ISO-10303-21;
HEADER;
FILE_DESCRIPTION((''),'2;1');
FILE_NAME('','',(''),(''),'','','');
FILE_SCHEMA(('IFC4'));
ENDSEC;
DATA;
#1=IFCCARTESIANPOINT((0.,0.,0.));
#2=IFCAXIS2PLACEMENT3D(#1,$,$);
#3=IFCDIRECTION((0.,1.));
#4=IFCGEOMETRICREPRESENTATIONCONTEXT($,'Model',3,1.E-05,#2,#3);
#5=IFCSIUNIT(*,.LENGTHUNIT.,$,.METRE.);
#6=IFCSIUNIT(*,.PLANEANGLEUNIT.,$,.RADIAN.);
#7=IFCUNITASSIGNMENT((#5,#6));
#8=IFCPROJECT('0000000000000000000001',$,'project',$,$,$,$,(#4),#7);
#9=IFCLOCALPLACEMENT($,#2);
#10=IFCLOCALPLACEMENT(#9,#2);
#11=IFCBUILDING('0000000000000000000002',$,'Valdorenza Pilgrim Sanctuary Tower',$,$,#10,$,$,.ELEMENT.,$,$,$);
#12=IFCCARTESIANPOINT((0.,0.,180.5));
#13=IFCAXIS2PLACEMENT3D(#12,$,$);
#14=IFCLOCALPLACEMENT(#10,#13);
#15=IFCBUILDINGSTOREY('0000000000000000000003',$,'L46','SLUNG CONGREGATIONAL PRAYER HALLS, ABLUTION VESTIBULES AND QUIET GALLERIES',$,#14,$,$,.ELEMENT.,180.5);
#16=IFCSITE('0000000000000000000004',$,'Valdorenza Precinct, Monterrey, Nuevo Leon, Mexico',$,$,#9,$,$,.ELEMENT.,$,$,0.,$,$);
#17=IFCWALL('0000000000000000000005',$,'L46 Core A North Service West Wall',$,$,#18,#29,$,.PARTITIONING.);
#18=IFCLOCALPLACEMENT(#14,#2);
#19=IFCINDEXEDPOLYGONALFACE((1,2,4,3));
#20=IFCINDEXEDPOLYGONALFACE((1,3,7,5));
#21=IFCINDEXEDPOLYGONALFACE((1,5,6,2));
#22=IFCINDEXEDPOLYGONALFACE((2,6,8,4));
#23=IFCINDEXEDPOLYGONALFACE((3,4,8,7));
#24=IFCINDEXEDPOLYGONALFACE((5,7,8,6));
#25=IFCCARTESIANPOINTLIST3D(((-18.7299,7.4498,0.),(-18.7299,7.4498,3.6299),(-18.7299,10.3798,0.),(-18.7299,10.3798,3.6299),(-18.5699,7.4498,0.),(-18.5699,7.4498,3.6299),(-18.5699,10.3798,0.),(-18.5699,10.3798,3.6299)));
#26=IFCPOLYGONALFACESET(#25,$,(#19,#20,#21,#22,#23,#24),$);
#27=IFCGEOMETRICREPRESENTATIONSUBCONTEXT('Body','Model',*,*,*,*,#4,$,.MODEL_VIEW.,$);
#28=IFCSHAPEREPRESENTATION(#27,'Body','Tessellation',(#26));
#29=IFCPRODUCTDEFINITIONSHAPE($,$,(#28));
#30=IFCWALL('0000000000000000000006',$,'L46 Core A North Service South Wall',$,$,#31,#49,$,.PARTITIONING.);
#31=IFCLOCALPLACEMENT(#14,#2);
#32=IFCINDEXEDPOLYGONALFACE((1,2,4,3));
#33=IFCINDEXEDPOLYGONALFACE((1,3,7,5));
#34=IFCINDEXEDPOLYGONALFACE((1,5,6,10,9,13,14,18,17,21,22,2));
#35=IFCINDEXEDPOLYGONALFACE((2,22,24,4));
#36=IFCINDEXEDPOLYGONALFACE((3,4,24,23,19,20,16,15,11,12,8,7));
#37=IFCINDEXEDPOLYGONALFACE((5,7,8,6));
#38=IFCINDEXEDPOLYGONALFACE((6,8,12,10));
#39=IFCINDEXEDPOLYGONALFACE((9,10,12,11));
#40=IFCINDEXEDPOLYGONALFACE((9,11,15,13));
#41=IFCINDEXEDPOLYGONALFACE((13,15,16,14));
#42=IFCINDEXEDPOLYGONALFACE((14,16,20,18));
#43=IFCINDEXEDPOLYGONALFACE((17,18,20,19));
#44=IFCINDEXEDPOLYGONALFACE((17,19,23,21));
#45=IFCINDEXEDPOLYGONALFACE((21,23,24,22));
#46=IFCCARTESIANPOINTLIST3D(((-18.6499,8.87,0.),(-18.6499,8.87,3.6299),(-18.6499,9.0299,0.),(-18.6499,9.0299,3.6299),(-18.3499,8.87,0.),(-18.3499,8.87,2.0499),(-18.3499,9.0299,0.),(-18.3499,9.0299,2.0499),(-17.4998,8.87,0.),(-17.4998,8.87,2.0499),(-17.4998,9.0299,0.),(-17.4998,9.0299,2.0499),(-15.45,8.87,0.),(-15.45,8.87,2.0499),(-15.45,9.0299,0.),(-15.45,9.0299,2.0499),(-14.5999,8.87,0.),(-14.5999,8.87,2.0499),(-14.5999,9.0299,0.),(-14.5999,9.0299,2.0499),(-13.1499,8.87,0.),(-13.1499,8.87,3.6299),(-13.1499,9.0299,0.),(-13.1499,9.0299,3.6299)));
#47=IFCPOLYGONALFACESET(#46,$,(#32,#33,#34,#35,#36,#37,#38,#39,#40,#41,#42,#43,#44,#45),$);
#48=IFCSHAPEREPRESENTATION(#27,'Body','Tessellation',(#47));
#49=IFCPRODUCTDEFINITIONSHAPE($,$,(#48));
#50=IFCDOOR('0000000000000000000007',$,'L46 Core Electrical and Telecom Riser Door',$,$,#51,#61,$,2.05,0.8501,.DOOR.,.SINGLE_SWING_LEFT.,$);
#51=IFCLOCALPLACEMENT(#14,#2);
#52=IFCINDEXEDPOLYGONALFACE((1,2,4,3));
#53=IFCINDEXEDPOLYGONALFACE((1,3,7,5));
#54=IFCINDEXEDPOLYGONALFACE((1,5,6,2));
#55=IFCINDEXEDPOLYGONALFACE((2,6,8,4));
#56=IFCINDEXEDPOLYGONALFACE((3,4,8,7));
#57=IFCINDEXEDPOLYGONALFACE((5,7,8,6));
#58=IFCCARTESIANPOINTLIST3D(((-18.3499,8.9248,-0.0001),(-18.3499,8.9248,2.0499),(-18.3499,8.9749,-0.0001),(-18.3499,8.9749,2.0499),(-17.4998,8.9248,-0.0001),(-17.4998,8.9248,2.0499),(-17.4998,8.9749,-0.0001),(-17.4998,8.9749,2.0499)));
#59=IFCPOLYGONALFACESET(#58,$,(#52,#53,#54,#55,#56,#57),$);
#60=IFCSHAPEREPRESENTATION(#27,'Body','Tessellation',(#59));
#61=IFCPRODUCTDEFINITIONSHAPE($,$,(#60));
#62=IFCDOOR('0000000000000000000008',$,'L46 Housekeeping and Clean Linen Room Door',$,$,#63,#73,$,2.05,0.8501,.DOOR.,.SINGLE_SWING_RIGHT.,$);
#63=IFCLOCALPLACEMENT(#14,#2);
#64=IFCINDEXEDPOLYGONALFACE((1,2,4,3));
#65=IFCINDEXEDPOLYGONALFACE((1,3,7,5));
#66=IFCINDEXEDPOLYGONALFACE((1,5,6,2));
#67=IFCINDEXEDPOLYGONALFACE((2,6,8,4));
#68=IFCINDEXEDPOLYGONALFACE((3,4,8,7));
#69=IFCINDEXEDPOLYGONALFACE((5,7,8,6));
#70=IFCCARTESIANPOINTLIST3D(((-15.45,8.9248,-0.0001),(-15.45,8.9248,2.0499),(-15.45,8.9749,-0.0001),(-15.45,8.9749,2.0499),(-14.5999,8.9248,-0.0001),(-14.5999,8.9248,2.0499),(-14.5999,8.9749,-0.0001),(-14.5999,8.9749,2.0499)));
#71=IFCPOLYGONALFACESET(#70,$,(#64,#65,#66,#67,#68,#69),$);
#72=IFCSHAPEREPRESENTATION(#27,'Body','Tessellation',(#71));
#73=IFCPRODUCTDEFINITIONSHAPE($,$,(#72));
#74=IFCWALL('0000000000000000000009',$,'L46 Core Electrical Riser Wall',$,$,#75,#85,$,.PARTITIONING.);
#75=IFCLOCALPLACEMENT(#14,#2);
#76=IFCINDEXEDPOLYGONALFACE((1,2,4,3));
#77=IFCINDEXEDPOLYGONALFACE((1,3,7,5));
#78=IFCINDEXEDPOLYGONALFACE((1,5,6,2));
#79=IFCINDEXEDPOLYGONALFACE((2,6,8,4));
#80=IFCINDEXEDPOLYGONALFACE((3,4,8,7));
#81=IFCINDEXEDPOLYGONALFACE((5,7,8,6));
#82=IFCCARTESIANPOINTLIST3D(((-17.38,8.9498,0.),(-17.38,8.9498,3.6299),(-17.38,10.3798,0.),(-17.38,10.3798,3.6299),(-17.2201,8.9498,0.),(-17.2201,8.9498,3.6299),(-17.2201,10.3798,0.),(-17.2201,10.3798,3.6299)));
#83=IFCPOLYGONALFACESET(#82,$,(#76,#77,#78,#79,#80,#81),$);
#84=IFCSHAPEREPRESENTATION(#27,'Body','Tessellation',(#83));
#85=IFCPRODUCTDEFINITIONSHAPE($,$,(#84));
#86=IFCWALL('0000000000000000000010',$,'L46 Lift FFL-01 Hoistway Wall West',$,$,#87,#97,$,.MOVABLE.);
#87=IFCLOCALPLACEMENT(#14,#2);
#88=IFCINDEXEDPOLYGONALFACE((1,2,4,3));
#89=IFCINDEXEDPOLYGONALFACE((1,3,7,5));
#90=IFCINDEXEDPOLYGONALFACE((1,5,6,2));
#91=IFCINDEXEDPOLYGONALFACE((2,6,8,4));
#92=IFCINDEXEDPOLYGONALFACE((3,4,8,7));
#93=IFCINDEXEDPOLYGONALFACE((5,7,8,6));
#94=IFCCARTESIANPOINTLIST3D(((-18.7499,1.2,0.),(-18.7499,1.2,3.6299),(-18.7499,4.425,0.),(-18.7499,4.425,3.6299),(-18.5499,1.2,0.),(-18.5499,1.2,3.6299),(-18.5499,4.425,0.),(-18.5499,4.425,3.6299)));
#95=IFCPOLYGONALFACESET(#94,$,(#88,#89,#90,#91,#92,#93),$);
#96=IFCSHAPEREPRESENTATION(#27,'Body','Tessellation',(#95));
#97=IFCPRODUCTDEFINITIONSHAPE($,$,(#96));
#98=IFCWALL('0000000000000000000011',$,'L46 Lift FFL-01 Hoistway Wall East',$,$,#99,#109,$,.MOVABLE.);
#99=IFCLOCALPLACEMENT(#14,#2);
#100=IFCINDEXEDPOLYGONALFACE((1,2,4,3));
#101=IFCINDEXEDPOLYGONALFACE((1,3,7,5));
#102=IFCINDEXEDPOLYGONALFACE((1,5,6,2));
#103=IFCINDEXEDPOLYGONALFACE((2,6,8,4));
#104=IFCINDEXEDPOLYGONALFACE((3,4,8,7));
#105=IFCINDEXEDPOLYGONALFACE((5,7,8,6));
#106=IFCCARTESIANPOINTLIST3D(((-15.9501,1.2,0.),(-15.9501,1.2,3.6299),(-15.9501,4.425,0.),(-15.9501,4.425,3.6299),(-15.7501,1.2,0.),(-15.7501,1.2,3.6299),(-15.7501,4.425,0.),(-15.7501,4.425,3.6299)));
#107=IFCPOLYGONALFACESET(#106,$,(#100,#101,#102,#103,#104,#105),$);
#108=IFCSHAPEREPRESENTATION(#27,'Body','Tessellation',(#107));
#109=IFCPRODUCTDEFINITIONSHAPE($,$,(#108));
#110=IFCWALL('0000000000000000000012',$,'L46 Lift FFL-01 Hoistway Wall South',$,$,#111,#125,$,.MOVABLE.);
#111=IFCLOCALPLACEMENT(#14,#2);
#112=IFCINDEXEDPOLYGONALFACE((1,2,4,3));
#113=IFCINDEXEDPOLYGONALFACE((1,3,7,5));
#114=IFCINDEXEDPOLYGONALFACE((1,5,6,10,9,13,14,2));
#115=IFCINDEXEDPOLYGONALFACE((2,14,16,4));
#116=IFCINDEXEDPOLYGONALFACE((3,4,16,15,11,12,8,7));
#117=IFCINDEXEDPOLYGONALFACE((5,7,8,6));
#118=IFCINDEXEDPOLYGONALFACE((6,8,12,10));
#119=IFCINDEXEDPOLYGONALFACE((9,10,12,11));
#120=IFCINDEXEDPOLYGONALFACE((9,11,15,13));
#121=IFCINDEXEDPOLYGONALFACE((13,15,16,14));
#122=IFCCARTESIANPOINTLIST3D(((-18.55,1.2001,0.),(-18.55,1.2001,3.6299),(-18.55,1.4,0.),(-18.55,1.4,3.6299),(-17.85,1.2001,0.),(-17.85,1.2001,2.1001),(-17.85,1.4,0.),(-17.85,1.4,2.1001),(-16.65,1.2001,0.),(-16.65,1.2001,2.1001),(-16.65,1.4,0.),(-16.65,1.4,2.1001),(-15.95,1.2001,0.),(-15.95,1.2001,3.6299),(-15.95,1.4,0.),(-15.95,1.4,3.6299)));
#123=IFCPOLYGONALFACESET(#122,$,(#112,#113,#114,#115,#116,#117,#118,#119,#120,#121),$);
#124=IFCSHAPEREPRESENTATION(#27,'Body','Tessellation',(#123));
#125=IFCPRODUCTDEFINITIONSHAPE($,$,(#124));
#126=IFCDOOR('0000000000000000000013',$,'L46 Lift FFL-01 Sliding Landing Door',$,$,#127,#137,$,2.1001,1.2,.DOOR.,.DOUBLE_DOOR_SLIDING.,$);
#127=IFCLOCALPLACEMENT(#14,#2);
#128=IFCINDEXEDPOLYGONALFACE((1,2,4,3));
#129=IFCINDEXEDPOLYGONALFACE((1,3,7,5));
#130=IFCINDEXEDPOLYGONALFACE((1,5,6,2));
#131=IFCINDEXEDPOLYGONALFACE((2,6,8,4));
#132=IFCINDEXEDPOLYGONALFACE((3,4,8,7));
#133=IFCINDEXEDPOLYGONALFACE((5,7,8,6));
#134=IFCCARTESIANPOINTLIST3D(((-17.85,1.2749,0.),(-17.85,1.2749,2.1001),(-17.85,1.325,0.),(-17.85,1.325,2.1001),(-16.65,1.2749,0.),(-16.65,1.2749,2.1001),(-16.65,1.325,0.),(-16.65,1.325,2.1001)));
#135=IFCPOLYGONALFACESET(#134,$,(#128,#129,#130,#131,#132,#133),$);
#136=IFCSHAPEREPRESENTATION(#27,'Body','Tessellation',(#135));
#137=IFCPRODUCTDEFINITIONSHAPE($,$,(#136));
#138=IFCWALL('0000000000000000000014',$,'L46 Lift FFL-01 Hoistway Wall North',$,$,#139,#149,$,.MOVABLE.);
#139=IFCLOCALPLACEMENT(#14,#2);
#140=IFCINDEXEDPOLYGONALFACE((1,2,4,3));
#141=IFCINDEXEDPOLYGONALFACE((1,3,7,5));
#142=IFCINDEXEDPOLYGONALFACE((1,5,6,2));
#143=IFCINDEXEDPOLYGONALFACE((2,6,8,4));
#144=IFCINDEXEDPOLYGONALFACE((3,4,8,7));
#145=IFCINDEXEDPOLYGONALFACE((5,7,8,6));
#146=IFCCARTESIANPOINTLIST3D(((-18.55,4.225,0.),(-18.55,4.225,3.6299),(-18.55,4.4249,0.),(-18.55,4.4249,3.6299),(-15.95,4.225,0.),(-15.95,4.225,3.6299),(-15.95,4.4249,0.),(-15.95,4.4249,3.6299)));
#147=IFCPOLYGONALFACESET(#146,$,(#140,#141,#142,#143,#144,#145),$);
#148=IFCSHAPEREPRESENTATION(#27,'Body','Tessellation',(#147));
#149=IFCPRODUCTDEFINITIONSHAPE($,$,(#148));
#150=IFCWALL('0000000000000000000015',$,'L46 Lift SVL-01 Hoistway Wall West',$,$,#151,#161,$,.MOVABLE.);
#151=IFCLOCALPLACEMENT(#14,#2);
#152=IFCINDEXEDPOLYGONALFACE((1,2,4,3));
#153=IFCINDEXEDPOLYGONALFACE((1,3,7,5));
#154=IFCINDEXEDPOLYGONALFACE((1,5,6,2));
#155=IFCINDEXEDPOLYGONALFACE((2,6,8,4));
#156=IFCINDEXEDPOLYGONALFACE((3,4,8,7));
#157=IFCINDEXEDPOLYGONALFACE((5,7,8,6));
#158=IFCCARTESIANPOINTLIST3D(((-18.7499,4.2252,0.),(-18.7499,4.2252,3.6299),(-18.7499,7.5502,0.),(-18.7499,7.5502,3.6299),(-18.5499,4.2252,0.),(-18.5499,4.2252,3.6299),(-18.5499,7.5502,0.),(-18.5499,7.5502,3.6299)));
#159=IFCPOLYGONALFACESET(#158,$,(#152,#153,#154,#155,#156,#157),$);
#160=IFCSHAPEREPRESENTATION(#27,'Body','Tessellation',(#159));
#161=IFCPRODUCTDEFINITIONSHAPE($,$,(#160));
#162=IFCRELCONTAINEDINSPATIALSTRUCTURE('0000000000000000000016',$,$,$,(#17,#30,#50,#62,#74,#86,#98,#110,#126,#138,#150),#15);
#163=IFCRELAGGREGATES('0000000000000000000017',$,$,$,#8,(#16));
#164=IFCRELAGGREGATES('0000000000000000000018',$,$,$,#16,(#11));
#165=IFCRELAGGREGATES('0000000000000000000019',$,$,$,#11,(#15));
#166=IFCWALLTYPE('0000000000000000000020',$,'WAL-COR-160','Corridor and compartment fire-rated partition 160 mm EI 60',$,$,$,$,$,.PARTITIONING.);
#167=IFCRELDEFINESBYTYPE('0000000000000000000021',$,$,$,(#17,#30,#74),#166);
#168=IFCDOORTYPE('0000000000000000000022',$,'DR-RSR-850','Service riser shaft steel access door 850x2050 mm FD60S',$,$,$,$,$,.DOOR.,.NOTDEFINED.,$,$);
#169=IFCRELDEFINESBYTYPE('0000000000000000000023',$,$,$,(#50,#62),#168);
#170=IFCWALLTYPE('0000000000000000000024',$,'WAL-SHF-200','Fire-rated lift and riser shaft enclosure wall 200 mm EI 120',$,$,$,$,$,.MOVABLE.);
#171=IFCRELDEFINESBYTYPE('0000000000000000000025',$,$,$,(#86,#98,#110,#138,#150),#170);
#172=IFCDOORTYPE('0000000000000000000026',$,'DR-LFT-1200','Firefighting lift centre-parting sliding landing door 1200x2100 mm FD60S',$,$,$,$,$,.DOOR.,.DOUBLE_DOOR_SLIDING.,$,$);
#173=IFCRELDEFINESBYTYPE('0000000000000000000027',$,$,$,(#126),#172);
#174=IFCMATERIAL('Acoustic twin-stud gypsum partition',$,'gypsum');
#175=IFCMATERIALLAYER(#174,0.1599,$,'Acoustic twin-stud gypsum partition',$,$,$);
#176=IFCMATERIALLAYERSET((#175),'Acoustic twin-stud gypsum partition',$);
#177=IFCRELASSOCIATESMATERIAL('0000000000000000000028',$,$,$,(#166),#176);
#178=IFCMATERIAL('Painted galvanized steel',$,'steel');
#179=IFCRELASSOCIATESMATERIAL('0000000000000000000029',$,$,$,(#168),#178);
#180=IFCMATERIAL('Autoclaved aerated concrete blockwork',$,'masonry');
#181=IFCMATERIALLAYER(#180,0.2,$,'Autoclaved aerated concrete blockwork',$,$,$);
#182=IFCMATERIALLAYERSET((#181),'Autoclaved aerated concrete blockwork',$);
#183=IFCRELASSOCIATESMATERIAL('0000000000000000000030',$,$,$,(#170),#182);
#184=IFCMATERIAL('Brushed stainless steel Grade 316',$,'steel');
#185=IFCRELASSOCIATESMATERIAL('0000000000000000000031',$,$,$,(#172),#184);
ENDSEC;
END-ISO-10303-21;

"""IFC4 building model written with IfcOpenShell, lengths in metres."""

from ifc_helpers import new_model, si_unit, direction, frame, frame_2d, origin, place, context, subcontext, project, spatial, rectangle, extrude, material, layer, layer_set, type_object, element, fill, save


model = new_model("IFC4")

# Units and contexts
model_context = context("Model", 3, precision=1e-05, world=origin(), true_north=direction((0.0, 1.0)))
body_context = subcontext(model_context, "Body", "Model", "MODEL_VIEW")
ifc_project = project(units=[si_unit("LENGTHUNIT", "METRE"), si_unit("PLANEANGLEUNIT", "RADIAN")], contexts=[model_context])

# Site, building, storey
site_placement = place(None, origin())
site = spatial("IfcSite", under=ifc_project, at=site_placement, Name="Valdorenza Precinct, Monterrey, Nuevo Leon, Mexico", CompositionType="ELEMENT", RefElevation=0.0)
building_placement = place(site_placement, origin())
building = spatial("IfcBuilding", under=site, at=building_placement, Name="Valdorenza Pilgrim Sanctuary Tower", CompositionType="ELEMENT")
storey_placement = place(building_placement, frame((0.0, 0.0, 180.5)))
storey = spatial("IfcBuildingStorey", under=building, at=storey_placement, Name="L46", Description="SLUNG CONGREGATIONAL PRAYER HALLS, ABLUTION VESTIBULES AND QUIET GALLERIES", CompositionType="ELEMENT", Elevation=180.5)

# Wall
ifc_material_1 = material(Name="Acoustic twin-stud gypsum partition", Category="gypsum")
ifc_layer_1 = layer(ifc_material_1, 0.1599, Name="Acoustic twin-stud gypsum partition")
ifc_layer_set_1 = layer_set([ifc_layer_1], Name="Acoustic twin-stud gypsum partition")
wall_type_1 = type_object("IfcWallType", Name="WAL-COR-160", Description="Corridor and compartment fire-rated partition 160 mm EI 60", PredefinedType="PARTITIONING", material=ifc_layer_set_1)
wall_1_placement = place(storey_placement, frame((-18.6499, 7.45, 0.0), z_axis=(0.0, 0.0, 1.0), x_axis=(0.0, 1.0, 0.0)))
element("IfcWall", 1, at=wall_1_placement, inside=storey, type_object=wall_type_1, Name="L46 Core A North Service West Wall", PredefinedType="PARTITIONING", context=body_context, shape_type="SweptSolid", body=[
    extrude(rectangle(XDim=2.9299, YDim=0.1599, at=frame_2d((1.4648, 0.0))), origin(), (0.0, 0.0, 1.0), 3.6299),
])

# Wall, openings, doors
wall_2_placement = place(storey_placement, frame((-18.6499, 8.95, 0.0), z_axis=(0.0, 0.0, 1.0), x_axis=(1.0, 0.0, 0.0)))
wall_2 = element("IfcWall", 2, at=wall_2_placement, inside=storey, type_object=wall_type_1, Name="L46 Core A North Service South Wall", PredefinedType="PARTITIONING", context=body_context, shape_type="SweptSolid", body=[
    extrude(rectangle(XDim=5.5, YDim=0.1599, at=frame_2d((2.75, 0.0))), origin(), (0.0, 0.0, 1.0), 3.6299),
])
opening_1_placement = place(wall_2_placement, frame((0.3, 0.0, 0.0)))
opening_1 = element("IfcOpeningElement", 3, at=opening_1_placement, cuts=wall_2, PredefinedType="OPENING", context=body_context, shape_type="SweptSolid", body=[
    extrude(rectangle(XDim=0.8501, YDim=2.05, at=frame_2d((0.425, 1.0249))), frame((0.0, 0.0947, 0.0), z_axis=(0.0, -1.0, 0.0), x_axis=(1.0, 0.0, 0.0)), (0.0, 0.0, 1.0), 0.1897),
])
opening_2_placement = place(wall_2_placement, frame((3.2, 0.0, 0.0)))
opening_2 = element("IfcOpeningElement", 4, at=opening_2_placement, cuts=wall_2, PredefinedType="OPENING", context=body_context, shape_type="SweptSolid", body=[
    extrude(rectangle(XDim=0.8501, YDim=2.05, at=frame_2d((0.425, 1.0249))), frame((0.0, 0.0947, 0.0), z_axis=(0.0, -1.0, 0.0), x_axis=(1.0, 0.0, 0.0)), (0.0, 0.0, 1.0), 0.1897),
])
ifc_material_2 = material(Name="Painted galvanized steel", Category="steel")
door_type_1 = type_object("IfcDoorType", Name="DR-RSR-850", Description="Service riser shaft steel access door 850x2050 mm FD60S", OperationType="NOTDEFINED", PredefinedType="DOOR", material=ifc_material_2)
door_1_placement = place(opening_1_placement, origin())
door_1 = element("IfcDoor", 5, at=door_1_placement, inside=storey, type_object=door_type_1, Name="L46 Core Electrical and Telecom Riser Door", OperationType="SINGLE_SWING_LEFT", OverallHeight=2.05, OverallWidth=0.8501, PredefinedType="DOOR", context=body_context, shape_type="SweptSolid", body=[
    extrude(rectangle(XDim=0.8501, YDim=2.05, at=frame_2d((0.425, 1.0249))), frame((0.0, 0.0249, 0.0), z_axis=(0.0, -1.0, 0.0), x_axis=(1.0, 0.0, 0.0)), (0.0, 0.0, 1.0), 0.05),
])
fill(opening_1, door_1)
door_2_placement = place(opening_2_placement, origin())
door_2 = element("IfcDoor", 6, at=door_2_placement, inside=storey, type_object=door_type_1, Name="L46 Housekeeping and Clean Linen Room Door", OperationType="SINGLE_SWING_RIGHT", OverallHeight=2.05, OverallWidth=0.8501, PredefinedType="DOOR", context=body_context, shape_type="SweptSolid", body=[
    extrude(rectangle(XDim=0.8501, YDim=2.05, at=frame_2d((0.425, 1.0249))), frame((0.0, 0.0249, 0.0), z_axis=(0.0, -1.0, 0.0), x_axis=(1.0, 0.0, 0.0)), (0.0, 0.0, 1.0), 0.05),
])
fill(opening_2, door_2)

# Walls
wall_3_placement = place(storey_placement, frame((-17.3, 8.95, 0.0), z_axis=(0.0, 0.0, 1.0), x_axis=(0.0, 1.0, 0.0)))
element("IfcWall", 7, at=wall_3_placement, inside=storey, type_object=wall_type_1, Name="L46 Core Electrical Riser Wall", PredefinedType="PARTITIONING", context=body_context, shape_type="SweptSolid", body=[
    extrude(rectangle(XDim=1.4299, YDim=0.1599, at=frame_2d((0.7148, 0.0))), origin(), (0.0, 0.0, 1.0), 3.6299),
])
ifc_material_3 = material(Name="Autoclaved aerated concrete blockwork", Category="masonry")
ifc_layer_2 = layer(ifc_material_3, 0.2, Name="Autoclaved aerated concrete blockwork")
ifc_layer_set_2 = layer_set([ifc_layer_2], Name="Autoclaved aerated concrete blockwork")
wall_type_2 = type_object("IfcWallType", Name="WAL-SHF-200", Description="Fire-rated lift and riser shaft enclosure wall 200 mm EI 120", PredefinedType="MOVABLE", material=ifc_layer_set_2)
for number, where, z_axis, x_axis, name in (
    (8, (-18.6499, 1.2, 0.0), (0.0, 0.0, 1.0), (0.0, 1.0, 0.0), "L46 Lift FFL-01 Hoistway Wall West"),
    (9, (-15.8501, 1.2, 0.0), (0.0, 0.0, 1.0), (0.0, 1.0, 0.0), "L46 Lift FFL-01 Hoistway Wall East"),
):
    element("IfcWall", number, at=place(storey_placement, frame(where, z_axis=z_axis, x_axis=x_axis)), inside=storey, type_object=wall_type_2, Name=name, PredefinedType="MOVABLE", context=body_context, shape_type="SweptSolid", body=[
        extrude(rectangle(XDim=3.2251, YDim=0.2, at=frame_2d((1.6125, 0.0))), origin(), (0.0, 0.0, 1.0), 3.6299),
    ])

# Wall, opening, door
wall_4_placement = place(storey_placement, frame((-18.55, 1.3, 0.0), z_axis=(0.0, 0.0, 1.0), x_axis=(1.0, 0.0, 0.0)))
wall_4 = element("IfcWall", 10, at=wall_4_placement, inside=storey, type_object=wall_type_2, Name="L46 Lift FFL-01 Hoistway Wall South", PredefinedType="MOVABLE", context=body_context, shape_type="SweptSolid", body=[
    extrude(rectangle(XDim=2.6001, YDim=0.2, at=frame_2d((1.3, 0.0))), origin(), (0.0, 0.0, 1.0), 3.6299),
])
opening_3_placement = place(wall_4_placement, frame((0.7, 0.0, 0.0)))
opening_3 = element("IfcOpeningElement", 11, at=opening_3_placement, cuts=wall_4, PredefinedType="OPENING", context=body_context, shape_type="SweptSolid", body=[
    extrude(rectangle(XDim=1.2, YDim=2.1001, at=frame_2d((0.6001, 1.05))), frame((0.0, 0.1147, 0.0), z_axis=(0.0, -1.0, 0.0), x_axis=(1.0, 0.0, 0.0)), (0.0, 0.0, 1.0), 0.2297),
])
ifc_material_4 = material(Name="Brushed stainless steel Grade 316", Category="steel")
door_type_2 = type_object("IfcDoorType", Name="DR-LFT-1200", Description="Firefighting lift centre-parting sliding landing door 1200x2100 mm FD60S", OperationType="DOUBLE_DOOR_SLIDING", PredefinedType="DOOR", material=ifc_material_4)
door_3_placement = place(opening_3_placement, origin())
door_3 = element("IfcDoor", 12, at=door_3_placement, inside=storey, type_object=door_type_2, Name="L46 Lift FFL-01 Sliding Landing Door", OperationType="DOUBLE_DOOR_SLIDING", OverallHeight=2.1001, OverallWidth=1.2, PredefinedType="DOOR", context=body_context, shape_type="SweptSolid", body=[
    extrude(rectangle(XDim=1.2, YDim=2.1001, at=frame_2d((0.6001, 1.05))), frame((0.0, 0.0249, 0.0), z_axis=(0.0, -1.0, 0.0), x_axis=(1.0, 0.0, 0.0)), (0.0, 0.0, 1.0), 0.05),
])
fill(opening_3, door_3)

# Walls
wall_5_placement = place(storey_placement, frame((-18.55, 4.325, 0.0), z_axis=(0.0, 0.0, 1.0), x_axis=(1.0, 0.0, 0.0)))
element("IfcWall", 13, at=wall_5_placement, inside=storey, type_object=wall_type_2, Name="L46 Lift FFL-01 Hoistway Wall North", PredefinedType="MOVABLE", context=body_context, shape_type="SweptSolid", body=[
    extrude(rectangle(XDim=2.6001, YDim=0.2, at=frame_2d((1.3, 0.0))), origin(), (0.0, 0.0, 1.0), 3.6299),
])
wall_6_placement = place(storey_placement, frame((-18.6499, 4.2251, 0.0), z_axis=(0.0, 0.0, 1.0), x_axis=(0.0, 1.0, 0.0)))
element("IfcWall", 14, at=wall_6_placement, inside=storey, type_object=wall_type_2, Name="L46 Lift SVL-01 Hoistway Wall West", PredefinedType="MOVABLE", context=body_context, shape_type="SweptSolid", body=[
    extrude(rectangle(XDim=3.325, YDim=0.2, at=frame_2d((1.6626, 0.0))), origin(), (0.0, 0.0, 1.0), 3.6299),
])

save(model, "model.ifc")
